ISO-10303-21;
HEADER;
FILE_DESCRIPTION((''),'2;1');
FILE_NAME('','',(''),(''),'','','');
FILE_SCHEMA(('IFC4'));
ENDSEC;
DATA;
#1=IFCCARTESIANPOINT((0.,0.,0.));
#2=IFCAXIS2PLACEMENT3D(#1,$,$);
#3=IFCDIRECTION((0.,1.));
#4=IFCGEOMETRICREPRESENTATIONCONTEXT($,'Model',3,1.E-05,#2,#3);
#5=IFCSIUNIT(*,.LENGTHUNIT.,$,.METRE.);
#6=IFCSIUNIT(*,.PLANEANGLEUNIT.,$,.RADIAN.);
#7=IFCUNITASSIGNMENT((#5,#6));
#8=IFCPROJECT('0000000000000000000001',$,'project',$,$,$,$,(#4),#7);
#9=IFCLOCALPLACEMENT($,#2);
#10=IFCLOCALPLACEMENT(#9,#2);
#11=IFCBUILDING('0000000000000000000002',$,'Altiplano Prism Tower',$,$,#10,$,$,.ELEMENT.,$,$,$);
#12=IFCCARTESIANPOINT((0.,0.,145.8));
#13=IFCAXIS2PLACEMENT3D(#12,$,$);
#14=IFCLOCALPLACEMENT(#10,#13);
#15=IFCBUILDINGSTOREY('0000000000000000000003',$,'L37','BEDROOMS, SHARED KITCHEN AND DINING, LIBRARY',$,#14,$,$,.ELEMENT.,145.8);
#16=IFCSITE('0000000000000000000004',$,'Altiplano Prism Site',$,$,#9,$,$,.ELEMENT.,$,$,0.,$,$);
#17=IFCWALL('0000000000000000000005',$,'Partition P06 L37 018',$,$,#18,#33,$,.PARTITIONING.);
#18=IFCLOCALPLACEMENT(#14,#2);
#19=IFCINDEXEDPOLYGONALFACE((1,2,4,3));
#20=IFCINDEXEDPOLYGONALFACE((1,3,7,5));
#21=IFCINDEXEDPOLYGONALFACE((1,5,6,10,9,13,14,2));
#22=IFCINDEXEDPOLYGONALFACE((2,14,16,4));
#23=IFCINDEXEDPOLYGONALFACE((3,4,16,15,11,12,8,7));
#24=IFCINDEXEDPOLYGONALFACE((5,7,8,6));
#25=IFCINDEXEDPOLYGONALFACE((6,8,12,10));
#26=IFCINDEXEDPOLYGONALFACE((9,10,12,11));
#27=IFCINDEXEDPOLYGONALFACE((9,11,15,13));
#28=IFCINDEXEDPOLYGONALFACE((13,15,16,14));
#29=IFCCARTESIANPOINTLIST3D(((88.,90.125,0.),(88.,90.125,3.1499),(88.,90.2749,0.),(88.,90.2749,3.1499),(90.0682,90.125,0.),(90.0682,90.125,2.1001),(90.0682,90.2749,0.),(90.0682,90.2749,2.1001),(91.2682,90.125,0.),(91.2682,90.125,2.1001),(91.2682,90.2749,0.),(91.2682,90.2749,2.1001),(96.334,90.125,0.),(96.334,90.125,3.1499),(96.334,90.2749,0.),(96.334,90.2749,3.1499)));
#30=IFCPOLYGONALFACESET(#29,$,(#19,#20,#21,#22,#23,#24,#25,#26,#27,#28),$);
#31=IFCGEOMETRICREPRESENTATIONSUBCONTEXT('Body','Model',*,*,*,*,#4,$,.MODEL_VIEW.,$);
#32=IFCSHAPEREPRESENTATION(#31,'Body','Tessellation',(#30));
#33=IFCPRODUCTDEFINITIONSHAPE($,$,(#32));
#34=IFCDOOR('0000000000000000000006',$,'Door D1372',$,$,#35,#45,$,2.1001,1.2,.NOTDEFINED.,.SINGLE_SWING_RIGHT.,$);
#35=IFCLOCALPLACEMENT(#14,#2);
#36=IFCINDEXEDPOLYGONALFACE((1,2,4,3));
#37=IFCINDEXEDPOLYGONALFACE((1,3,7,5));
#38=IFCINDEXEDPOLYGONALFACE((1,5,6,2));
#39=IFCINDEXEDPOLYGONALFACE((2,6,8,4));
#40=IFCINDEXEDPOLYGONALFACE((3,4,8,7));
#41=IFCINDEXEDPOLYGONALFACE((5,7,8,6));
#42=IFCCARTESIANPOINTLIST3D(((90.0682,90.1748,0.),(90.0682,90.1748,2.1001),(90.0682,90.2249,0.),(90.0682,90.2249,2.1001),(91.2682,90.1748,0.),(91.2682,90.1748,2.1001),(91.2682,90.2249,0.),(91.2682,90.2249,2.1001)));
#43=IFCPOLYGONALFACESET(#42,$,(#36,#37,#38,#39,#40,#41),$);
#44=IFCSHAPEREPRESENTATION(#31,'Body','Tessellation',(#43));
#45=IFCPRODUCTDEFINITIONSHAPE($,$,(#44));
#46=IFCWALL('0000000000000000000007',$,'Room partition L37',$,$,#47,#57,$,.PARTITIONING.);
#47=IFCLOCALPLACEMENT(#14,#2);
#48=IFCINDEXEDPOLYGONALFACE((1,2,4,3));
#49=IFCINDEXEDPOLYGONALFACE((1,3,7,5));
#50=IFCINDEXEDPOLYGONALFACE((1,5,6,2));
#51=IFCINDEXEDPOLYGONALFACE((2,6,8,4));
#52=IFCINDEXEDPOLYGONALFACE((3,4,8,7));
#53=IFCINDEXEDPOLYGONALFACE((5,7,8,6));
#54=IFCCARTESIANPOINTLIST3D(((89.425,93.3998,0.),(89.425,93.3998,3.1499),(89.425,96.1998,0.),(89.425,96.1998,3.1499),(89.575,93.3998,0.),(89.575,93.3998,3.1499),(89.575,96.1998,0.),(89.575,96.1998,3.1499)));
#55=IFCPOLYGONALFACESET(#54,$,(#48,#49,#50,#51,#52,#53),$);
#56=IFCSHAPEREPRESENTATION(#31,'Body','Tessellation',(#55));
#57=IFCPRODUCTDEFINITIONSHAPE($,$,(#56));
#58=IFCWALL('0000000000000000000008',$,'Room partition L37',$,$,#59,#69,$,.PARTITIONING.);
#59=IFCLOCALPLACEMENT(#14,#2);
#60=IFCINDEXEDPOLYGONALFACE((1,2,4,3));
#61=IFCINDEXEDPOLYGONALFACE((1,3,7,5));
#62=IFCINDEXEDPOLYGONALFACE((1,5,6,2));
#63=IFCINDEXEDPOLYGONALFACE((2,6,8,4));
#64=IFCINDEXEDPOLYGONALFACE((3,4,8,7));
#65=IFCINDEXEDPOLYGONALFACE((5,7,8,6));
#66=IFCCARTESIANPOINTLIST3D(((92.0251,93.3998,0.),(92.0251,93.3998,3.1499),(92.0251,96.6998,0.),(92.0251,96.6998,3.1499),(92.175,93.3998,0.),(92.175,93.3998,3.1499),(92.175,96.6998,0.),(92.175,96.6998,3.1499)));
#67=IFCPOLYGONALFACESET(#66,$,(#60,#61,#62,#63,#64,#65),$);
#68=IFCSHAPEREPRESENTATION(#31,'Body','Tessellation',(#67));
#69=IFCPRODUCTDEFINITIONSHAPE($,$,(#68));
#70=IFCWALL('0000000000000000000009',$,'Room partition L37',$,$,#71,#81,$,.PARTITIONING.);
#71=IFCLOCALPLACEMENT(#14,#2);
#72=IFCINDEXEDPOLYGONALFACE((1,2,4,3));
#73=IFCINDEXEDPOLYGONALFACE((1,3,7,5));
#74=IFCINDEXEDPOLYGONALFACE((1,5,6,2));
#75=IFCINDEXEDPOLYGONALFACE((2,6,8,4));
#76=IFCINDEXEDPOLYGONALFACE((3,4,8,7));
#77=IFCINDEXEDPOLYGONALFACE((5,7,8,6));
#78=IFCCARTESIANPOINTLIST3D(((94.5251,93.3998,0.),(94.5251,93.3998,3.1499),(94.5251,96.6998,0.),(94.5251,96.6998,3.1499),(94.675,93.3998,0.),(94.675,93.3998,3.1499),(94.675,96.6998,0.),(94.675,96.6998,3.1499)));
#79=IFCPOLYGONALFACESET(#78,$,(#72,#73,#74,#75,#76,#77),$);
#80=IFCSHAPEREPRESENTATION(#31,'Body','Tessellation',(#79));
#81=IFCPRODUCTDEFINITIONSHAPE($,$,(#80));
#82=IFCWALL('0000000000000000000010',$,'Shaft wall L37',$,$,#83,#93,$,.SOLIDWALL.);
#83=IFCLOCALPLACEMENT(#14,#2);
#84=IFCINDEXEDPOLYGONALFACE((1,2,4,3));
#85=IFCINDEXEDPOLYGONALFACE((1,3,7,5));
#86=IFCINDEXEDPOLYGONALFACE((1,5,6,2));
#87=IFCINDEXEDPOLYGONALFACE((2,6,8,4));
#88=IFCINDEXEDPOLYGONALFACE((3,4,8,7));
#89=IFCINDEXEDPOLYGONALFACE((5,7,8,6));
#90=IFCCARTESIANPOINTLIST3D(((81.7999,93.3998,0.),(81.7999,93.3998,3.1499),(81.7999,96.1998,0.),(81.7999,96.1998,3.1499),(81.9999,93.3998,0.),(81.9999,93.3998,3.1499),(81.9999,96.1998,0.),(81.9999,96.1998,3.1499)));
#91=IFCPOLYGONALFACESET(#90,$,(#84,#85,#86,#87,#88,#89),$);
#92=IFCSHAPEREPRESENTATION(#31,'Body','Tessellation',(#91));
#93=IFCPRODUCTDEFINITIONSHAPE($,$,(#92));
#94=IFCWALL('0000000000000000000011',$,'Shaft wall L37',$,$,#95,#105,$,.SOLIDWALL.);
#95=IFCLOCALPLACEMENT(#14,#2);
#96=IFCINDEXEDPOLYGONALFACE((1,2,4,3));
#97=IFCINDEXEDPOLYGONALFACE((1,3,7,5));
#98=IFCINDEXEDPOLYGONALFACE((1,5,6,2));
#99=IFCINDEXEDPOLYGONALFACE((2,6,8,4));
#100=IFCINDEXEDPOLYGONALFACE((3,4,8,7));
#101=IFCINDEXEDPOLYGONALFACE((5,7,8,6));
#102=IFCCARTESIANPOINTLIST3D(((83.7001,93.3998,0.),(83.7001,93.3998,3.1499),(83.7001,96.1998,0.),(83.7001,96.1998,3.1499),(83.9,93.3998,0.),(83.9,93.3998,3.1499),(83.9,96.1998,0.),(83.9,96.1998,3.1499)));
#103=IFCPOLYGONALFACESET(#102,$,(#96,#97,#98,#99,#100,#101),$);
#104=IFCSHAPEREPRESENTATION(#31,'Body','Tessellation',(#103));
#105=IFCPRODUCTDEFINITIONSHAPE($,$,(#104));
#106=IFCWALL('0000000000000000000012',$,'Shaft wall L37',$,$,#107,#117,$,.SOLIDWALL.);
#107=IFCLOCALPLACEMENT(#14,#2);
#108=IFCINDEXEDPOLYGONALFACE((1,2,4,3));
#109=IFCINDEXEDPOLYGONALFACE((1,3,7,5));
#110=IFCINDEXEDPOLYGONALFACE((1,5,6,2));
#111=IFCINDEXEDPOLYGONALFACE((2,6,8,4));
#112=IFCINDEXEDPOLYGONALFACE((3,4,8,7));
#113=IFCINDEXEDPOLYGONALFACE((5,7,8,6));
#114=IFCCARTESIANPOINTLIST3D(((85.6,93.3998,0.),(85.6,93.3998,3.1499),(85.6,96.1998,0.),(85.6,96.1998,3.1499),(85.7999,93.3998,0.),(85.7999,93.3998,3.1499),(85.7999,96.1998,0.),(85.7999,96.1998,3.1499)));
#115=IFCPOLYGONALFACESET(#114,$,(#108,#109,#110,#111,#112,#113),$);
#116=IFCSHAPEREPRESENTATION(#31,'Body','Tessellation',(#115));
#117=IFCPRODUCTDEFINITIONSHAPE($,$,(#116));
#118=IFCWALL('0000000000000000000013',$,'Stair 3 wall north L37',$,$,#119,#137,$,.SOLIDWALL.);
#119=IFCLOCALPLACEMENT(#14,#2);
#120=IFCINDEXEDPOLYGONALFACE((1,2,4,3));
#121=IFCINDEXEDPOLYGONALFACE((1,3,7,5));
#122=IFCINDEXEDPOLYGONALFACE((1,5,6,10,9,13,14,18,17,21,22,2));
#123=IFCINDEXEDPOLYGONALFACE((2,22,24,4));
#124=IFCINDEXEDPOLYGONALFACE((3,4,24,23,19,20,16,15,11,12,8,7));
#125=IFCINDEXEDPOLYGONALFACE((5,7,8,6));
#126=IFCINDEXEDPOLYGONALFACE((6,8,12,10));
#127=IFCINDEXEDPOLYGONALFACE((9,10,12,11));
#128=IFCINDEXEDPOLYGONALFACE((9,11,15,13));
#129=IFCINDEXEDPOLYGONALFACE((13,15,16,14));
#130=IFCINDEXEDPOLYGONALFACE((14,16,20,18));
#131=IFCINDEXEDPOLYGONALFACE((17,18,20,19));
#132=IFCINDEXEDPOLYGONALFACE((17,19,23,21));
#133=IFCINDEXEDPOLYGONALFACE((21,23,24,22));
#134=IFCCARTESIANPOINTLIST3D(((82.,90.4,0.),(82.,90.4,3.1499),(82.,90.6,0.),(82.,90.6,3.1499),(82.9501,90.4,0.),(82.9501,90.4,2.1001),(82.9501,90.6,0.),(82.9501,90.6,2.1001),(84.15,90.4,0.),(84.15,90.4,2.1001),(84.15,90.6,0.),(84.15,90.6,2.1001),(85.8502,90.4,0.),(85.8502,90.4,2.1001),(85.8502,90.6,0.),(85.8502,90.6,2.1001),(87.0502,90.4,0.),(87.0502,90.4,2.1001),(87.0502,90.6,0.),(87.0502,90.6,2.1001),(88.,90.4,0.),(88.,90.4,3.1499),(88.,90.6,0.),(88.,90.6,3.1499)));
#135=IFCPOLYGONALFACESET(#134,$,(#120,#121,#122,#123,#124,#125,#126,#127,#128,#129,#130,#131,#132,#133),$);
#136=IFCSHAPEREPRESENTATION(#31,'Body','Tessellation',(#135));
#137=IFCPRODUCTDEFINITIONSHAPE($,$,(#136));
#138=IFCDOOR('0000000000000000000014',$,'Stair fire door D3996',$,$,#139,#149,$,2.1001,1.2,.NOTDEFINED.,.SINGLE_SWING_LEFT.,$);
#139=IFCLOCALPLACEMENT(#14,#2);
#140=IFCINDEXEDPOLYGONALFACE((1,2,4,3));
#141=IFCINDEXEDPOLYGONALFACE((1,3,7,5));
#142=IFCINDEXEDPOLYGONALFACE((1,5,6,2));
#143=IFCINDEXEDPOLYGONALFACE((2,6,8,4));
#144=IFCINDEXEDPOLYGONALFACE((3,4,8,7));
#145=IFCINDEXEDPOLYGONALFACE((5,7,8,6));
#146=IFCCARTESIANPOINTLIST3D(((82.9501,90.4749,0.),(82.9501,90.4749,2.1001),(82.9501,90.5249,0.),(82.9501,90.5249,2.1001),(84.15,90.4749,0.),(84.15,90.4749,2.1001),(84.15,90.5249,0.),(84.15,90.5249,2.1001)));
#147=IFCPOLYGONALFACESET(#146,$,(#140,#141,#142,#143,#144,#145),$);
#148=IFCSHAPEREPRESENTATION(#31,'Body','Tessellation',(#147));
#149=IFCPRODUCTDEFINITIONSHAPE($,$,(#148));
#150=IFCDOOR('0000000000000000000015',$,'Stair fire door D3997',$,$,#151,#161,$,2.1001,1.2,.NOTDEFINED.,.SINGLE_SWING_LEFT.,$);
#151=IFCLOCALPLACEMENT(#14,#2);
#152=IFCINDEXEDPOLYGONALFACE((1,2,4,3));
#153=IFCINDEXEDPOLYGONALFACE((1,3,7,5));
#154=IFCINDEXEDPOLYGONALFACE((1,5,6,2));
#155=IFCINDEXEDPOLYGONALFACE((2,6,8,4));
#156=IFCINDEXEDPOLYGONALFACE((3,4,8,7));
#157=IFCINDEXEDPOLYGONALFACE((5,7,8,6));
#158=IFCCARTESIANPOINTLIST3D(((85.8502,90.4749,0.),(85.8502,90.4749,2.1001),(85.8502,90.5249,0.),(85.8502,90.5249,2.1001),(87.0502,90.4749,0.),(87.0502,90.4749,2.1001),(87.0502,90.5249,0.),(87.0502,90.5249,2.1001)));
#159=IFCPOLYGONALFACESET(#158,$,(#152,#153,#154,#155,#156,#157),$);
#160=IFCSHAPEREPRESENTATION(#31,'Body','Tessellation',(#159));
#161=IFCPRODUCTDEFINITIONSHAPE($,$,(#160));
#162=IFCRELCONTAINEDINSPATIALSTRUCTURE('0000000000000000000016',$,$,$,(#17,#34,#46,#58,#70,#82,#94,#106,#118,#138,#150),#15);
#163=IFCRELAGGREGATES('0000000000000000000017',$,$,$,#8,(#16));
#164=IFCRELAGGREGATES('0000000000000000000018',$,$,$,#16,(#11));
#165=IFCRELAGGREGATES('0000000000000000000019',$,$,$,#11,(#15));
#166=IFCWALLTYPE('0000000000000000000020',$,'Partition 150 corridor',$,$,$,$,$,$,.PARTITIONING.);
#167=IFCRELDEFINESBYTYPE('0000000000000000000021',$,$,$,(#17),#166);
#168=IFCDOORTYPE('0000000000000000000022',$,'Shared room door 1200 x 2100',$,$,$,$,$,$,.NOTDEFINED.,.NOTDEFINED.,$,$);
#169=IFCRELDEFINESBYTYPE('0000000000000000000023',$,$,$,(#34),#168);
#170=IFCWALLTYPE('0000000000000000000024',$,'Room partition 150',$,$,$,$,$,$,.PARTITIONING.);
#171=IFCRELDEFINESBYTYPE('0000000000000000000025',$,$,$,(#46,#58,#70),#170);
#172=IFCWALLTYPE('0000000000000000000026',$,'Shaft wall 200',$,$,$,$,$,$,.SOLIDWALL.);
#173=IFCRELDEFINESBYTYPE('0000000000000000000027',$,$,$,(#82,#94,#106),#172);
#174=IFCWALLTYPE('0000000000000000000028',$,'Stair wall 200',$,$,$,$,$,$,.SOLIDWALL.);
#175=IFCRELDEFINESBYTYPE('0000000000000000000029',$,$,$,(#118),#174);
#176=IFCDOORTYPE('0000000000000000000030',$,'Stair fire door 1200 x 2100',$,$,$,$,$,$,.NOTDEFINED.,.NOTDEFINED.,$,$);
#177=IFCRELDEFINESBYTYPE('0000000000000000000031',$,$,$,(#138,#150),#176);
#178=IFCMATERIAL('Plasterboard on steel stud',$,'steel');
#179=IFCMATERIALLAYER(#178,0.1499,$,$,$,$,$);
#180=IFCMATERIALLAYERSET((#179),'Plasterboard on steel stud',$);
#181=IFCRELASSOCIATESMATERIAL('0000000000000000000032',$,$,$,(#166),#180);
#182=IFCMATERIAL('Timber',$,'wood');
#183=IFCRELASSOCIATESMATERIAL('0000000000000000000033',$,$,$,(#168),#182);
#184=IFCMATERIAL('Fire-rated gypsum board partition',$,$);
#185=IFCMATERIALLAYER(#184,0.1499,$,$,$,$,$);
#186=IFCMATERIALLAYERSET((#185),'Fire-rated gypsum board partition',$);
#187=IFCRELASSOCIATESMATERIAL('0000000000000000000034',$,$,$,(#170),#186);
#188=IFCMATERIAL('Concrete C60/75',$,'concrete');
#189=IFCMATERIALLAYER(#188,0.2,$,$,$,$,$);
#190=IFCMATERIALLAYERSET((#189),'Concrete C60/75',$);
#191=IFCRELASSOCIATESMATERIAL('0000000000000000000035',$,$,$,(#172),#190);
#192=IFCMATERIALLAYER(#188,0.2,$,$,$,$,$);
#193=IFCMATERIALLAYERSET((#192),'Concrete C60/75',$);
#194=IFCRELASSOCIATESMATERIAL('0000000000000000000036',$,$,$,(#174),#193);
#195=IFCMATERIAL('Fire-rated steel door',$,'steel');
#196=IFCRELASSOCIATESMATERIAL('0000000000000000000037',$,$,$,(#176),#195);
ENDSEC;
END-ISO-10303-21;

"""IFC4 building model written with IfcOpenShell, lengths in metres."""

from ifc_helpers import new_model, si_unit, direction, frame, frame_2d, origin, place, context, subcontext, project, spatial, rectangle, extrude, material, layer, layer_set, type_object, element, fill, save


model = new_model("IFC4")

# Units and contexts
model_context = context("Model", 3, precision=1e-05, world=origin(), true_north=direction((0.0, 1.0)))
body_context = subcontext(model_context, "Body", "Model", "MODEL_VIEW")
ifc_project = project(units=[si_unit("LENGTHUNIT", "METRE"), si_unit("PLANEANGLEUNIT", "RADIAN")], contexts=[model_context])

# Site, building, storey
site_placement = place(None, origin())
site = spatial("IfcSite", under=ifc_project, at=site_placement, Name="Altiplano Prism Site", CompositionType="ELEMENT", RefElevation=0.0)
building_placement = place(site_placement, origin())
building = spatial("IfcBuilding", under=site, at=building_placement, Name="Altiplano Prism Tower", CompositionType="ELEMENT")
storey_placement = place(building_placement, frame((0.0, 0.0, 145.8)))
storey = spatial("IfcBuildingStorey", under=building, at=storey_placement, Name="L37", Description="BEDROOMS, SHARED KITCHEN AND DINING, LIBRARY", CompositionType="ELEMENT", Elevation=145.8)

# Wall, opening, door
ifc_material_1 = material(Name="Plasterboard on steel stud", Category="steel")
ifc_layer_1 = layer(ifc_material_1, 0.1499)
ifc_layer_set_1 = layer_set([ifc_layer_1], Name="Plasterboard on steel stud")
wall_type_1 = type_object("IfcWallType", Name="Partition 150 corridor", PredefinedType="PARTITIONING", material=ifc_layer_set_1)
wall_1_placement = place(storey_placement, frame((88.0, 90.2, 0.0), z_axis=(0.0, 0.0, 1.0), x_axis=(1.0, 0.0, 0.0)))
wall_1 = element("IfcWall", 1, at=wall_1_placement, inside=storey, type_object=wall_type_1, Name="Partition P06 L37 018", PredefinedType="PARTITIONING", context=body_context, shape_type="SweptSolid", body=[
    extrude(rectangle(XDim=8.334, YDim=0.1499, at=frame_2d((4.167, 0.0))), origin(), (0.0, 0.0, 1.0), 3.1499),
])
opening_1_placement = place(wall_1_placement, frame((2.0681, 0.0, 0.0)))
opening_1 = element("IfcOpeningElement", 2, at=opening_1_placement, cuts=wall_1, PredefinedType="OPENING", context=body_context, shape_type="SweptSolid", body=[
    extrude(rectangle(XDim=1.2, YDim=2.1001, at=frame_2d((0.6001, 1.05))), frame((0.0, 0.0854, 0.0), z_axis=(0.0, -1.0, 0.0), x_axis=(1.0, 0.0, 0.0)), (0.0, 0.0, 1.0), 0.1709),
])
ifc_material_2 = material(Name="Timber", Category="wood")
door_type_1 = type_object("IfcDoorType", Name="Shared room door 1200 x 2100", OperationType="NOTDEFINED", PredefinedType="NOTDEFINED", material=ifc_material_2)
door_1_placement = place(opening_1_placement, origin())
door_1 = element("IfcDoor", 3, at=door_1_placement, inside=storey, type_object=door_type_1, Name="Door D1372", OperationType="SINGLE_SWING_RIGHT", OverallHeight=2.1001, OverallWidth=1.2, PredefinedType="NOTDEFINED", context=body_context, shape_type="SweptSolid", body=[
    extrude(rectangle(XDim=1.2, YDim=2.1001, at=frame_2d((0.6001, 1.05))), frame((0.0, 0.0249, 0.0), z_axis=(0.0, -1.0, 0.0), x_axis=(1.0, 0.0, 0.0)), (0.0, 0.0, 1.0), 0.05),
])
fill(opening_1, door_1)

# Walls
ifc_material_3 = material(Name="Fire-rated gypsum board partition")
ifc_layer_2 = layer(ifc_material_3, 0.1499)
ifc_layer_set_2 = layer_set([ifc_layer_2], Name="Fire-rated gypsum board partition")
wall_type_2 = type_object("IfcWallType", Name="Room partition 150", PredefinedType="PARTITIONING", material=ifc_layer_set_2)
wall_2_placement = place(storey_placement, frame((89.5, 93.3999, 0.0), z_axis=(0.0, 0.0, 1.0), x_axis=(0.0, 1.0, 0.0)))
element("IfcWall", 4, at=wall_2_placement, inside=storey, type_object=wall_type_2, Name="Room partition L37", PredefinedType="PARTITIONING", context=body_context, shape_type="SweptSolid", body=[
    extrude(rectangle(XDim=2.8, YDim=0.1499, at=frame_2d((1.3999, 0.0))), origin(), (0.0, 0.0, 1.0), 3.1499),
])
for number, where, z_axis, x_axis, name in (
    (5, (92.1001, 93.3999, 0.0), (0.0, 0.0, 1.0), (0.0, 1.0, 0.0), "Room partition L37"),
    (6, (94.6001, 93.3999, 0.0), (0.0, 0.0, 1.0), (0.0, 1.0, 0.0), "Room partition L37"),
):
    element("IfcWall", number, at=place(storey_placement, frame(where, z_axis=z_axis, x_axis=x_axis)), inside=storey, type_object=wall_type_2, Name=name, PredefinedType="PARTITIONING", context=body_context, shape_type="SweptSolid", body=[
        extrude(rectangle(XDim=3.3, YDim=0.1499, at=frame_2d((1.6499, 0.0))), origin(), (0.0, 0.0, 1.0), 3.1499),
    ])
ifc_material_4 = material(Name="Concrete C60/75", Category="concrete")
ifc_layer_3 = layer(ifc_material_4, 0.2)
ifc_layer_set_3 = layer_set([ifc_layer_3], Name="Concrete C60/75")
wall_type_3 = type_object("IfcWallType", Name="Shaft wall 200", PredefinedType="SOLIDWALL", material=ifc_layer_set_3)
for number, where, z_axis, x_axis, name in (
    (7, (81.8999, 93.3999, 0.0), (0.0, 0.0, 1.0), (0.0, 1.0, 0.0), "Shaft wall L37"),
    (8, (83.8, 93.3999, 0.0), (0.0, 0.0, 1.0), (0.0, 1.0, 0.0), "Shaft wall L37"),
    (9, (85.7, 93.3999, 0.0), (0.0, 0.0, 1.0), (0.0, 1.0, 0.0), "Shaft wall L37"),
):
    element("IfcWall", number, at=place(storey_placement, frame(where, z_axis=z_axis, x_axis=x_axis)), inside=storey, type_object=wall_type_3, Name=name, PredefinedType="SOLIDWALL", context=body_context, shape_type="SweptSolid", body=[
        extrude(rectangle(XDim=2.8, YDim=0.2, at=frame_2d((1.3999, 0.0))), origin(), (0.0, 0.0, 1.0), 3.1499),
    ])

# Wall, openings, doors
ifc_layer_4 = layer(ifc_material_4, 0.2)
ifc_layer_set_4 = layer_set([ifc_layer_4], Name="Concrete C60/75")
wall_type_4 = type_object("IfcWallType", Name="Stair wall 200", PredefinedType="SOLIDWALL", material=ifc_layer_set_4)
wall_3_placement = place(storey_placement, frame((82.0, 90.5, 0.0), z_axis=(0.0, 0.0, 1.0), x_axis=(1.0, 0.0, 0.0)))
wall_3 = element("IfcWall", 10, at=wall_3_placement, inside=storey, type_object=wall_type_4, Name="Stair 3 wall north L37", PredefinedType="SOLIDWALL", context=body_context, shape_type="SweptSolid", body=[
    extrude(rectangle(XDim=6.0, YDim=0.2, at=frame_2d((3.0, 0.0))), origin(), (0.0, 0.0, 1.0), 3.1499),
])
opening_2_placement = place(wall_3_placement, frame((0.95, 0.0, 0.0)))
opening_2 = element("IfcOpeningElement", 11, at=opening_2_placement, cuts=wall_3, PredefinedType="OPENING", context=body_context, shape_type="SweptSolid", body=[
    extrude(rectangle(XDim=1.2, YDim=2.1001, at=frame_2d((0.6001, 1.05))), frame((0.0, 0.1104, 0.0), z_axis=(0.0, -1.0, 0.0), x_axis=(1.0, 0.0, 0.0)), (0.0, 0.0, 1.0), 0.2209),
])
opening_3_placement = place(wall_3_placement, frame((3.8501, 0.0, 0.0)))
opening_3 = element("IfcOpeningElement", 12, at=opening_3_placement, cuts=wall_3, PredefinedType="OPENING", context=body_context, shape_type="SweptSolid", body=[
    extrude(rectangle(XDim=1.2, YDim=2.1001, at=frame_2d((0.6001, 1.05))), frame((0.0, 0.1104, 0.0), z_axis=(0.0, -1.0, 0.0), x_axis=(1.0, 0.0, 0.0)), (0.0, 0.0, 1.0), 0.2209),
])
ifc_material_5 = material(Name="Fire-rated steel door", Category="steel")
door_type_2 = type_object("IfcDoorType", Name="Stair fire door 1200 x 2100", OperationType="NOTDEFINED", PredefinedType="NOTDEFINED", material=ifc_material_5)
door_2_placement = place(opening_2_placement, origin())
door_2 = element("IfcDoor", 13, at=door_2_placement, inside=storey, type_object=door_type_2, Name="Stair fire door D3996", OperationType="SINGLE_SWING_LEFT", OverallHeight=2.1001, OverallWidth=1.2, PredefinedType="NOTDEFINED", context=body_context, shape_type="SweptSolid", body=[
    extrude(rectangle(XDim=1.2, YDim=2.1001, at=frame_2d((0.6001, 1.05))), frame((0.0, 0.0249, 0.0), z_axis=(0.0, -1.0, 0.0), x_axis=(1.0, 0.0, 0.0)), (0.0, 0.0, 1.0), 0.05),
])
fill(opening_2, door_2)
door_3_placement = place(opening_3_placement, origin())
door_3 = element("IfcDoor", 14, at=door_3_placement, inside=storey, type_object=door_type_2, Name="Stair fire door D3997", OperationType="SINGLE_SWING_LEFT", OverallHeight=2.1001, OverallWidth=1.2, PredefinedType="NOTDEFINED", context=body_context, shape_type="SweptSolid", body=[
    extrude(rectangle(XDim=1.2, YDim=2.1001, at=frame_2d((0.6001, 1.05))), frame((0.0, 0.0249, 0.0), z_axis=(0.0, -1.0, 0.0), x_axis=(1.0, 0.0, 0.0)), (0.0, 0.0, 1.0), 0.05),
])
fill(opening_3, door_3)

save(model, "model.ifc")
